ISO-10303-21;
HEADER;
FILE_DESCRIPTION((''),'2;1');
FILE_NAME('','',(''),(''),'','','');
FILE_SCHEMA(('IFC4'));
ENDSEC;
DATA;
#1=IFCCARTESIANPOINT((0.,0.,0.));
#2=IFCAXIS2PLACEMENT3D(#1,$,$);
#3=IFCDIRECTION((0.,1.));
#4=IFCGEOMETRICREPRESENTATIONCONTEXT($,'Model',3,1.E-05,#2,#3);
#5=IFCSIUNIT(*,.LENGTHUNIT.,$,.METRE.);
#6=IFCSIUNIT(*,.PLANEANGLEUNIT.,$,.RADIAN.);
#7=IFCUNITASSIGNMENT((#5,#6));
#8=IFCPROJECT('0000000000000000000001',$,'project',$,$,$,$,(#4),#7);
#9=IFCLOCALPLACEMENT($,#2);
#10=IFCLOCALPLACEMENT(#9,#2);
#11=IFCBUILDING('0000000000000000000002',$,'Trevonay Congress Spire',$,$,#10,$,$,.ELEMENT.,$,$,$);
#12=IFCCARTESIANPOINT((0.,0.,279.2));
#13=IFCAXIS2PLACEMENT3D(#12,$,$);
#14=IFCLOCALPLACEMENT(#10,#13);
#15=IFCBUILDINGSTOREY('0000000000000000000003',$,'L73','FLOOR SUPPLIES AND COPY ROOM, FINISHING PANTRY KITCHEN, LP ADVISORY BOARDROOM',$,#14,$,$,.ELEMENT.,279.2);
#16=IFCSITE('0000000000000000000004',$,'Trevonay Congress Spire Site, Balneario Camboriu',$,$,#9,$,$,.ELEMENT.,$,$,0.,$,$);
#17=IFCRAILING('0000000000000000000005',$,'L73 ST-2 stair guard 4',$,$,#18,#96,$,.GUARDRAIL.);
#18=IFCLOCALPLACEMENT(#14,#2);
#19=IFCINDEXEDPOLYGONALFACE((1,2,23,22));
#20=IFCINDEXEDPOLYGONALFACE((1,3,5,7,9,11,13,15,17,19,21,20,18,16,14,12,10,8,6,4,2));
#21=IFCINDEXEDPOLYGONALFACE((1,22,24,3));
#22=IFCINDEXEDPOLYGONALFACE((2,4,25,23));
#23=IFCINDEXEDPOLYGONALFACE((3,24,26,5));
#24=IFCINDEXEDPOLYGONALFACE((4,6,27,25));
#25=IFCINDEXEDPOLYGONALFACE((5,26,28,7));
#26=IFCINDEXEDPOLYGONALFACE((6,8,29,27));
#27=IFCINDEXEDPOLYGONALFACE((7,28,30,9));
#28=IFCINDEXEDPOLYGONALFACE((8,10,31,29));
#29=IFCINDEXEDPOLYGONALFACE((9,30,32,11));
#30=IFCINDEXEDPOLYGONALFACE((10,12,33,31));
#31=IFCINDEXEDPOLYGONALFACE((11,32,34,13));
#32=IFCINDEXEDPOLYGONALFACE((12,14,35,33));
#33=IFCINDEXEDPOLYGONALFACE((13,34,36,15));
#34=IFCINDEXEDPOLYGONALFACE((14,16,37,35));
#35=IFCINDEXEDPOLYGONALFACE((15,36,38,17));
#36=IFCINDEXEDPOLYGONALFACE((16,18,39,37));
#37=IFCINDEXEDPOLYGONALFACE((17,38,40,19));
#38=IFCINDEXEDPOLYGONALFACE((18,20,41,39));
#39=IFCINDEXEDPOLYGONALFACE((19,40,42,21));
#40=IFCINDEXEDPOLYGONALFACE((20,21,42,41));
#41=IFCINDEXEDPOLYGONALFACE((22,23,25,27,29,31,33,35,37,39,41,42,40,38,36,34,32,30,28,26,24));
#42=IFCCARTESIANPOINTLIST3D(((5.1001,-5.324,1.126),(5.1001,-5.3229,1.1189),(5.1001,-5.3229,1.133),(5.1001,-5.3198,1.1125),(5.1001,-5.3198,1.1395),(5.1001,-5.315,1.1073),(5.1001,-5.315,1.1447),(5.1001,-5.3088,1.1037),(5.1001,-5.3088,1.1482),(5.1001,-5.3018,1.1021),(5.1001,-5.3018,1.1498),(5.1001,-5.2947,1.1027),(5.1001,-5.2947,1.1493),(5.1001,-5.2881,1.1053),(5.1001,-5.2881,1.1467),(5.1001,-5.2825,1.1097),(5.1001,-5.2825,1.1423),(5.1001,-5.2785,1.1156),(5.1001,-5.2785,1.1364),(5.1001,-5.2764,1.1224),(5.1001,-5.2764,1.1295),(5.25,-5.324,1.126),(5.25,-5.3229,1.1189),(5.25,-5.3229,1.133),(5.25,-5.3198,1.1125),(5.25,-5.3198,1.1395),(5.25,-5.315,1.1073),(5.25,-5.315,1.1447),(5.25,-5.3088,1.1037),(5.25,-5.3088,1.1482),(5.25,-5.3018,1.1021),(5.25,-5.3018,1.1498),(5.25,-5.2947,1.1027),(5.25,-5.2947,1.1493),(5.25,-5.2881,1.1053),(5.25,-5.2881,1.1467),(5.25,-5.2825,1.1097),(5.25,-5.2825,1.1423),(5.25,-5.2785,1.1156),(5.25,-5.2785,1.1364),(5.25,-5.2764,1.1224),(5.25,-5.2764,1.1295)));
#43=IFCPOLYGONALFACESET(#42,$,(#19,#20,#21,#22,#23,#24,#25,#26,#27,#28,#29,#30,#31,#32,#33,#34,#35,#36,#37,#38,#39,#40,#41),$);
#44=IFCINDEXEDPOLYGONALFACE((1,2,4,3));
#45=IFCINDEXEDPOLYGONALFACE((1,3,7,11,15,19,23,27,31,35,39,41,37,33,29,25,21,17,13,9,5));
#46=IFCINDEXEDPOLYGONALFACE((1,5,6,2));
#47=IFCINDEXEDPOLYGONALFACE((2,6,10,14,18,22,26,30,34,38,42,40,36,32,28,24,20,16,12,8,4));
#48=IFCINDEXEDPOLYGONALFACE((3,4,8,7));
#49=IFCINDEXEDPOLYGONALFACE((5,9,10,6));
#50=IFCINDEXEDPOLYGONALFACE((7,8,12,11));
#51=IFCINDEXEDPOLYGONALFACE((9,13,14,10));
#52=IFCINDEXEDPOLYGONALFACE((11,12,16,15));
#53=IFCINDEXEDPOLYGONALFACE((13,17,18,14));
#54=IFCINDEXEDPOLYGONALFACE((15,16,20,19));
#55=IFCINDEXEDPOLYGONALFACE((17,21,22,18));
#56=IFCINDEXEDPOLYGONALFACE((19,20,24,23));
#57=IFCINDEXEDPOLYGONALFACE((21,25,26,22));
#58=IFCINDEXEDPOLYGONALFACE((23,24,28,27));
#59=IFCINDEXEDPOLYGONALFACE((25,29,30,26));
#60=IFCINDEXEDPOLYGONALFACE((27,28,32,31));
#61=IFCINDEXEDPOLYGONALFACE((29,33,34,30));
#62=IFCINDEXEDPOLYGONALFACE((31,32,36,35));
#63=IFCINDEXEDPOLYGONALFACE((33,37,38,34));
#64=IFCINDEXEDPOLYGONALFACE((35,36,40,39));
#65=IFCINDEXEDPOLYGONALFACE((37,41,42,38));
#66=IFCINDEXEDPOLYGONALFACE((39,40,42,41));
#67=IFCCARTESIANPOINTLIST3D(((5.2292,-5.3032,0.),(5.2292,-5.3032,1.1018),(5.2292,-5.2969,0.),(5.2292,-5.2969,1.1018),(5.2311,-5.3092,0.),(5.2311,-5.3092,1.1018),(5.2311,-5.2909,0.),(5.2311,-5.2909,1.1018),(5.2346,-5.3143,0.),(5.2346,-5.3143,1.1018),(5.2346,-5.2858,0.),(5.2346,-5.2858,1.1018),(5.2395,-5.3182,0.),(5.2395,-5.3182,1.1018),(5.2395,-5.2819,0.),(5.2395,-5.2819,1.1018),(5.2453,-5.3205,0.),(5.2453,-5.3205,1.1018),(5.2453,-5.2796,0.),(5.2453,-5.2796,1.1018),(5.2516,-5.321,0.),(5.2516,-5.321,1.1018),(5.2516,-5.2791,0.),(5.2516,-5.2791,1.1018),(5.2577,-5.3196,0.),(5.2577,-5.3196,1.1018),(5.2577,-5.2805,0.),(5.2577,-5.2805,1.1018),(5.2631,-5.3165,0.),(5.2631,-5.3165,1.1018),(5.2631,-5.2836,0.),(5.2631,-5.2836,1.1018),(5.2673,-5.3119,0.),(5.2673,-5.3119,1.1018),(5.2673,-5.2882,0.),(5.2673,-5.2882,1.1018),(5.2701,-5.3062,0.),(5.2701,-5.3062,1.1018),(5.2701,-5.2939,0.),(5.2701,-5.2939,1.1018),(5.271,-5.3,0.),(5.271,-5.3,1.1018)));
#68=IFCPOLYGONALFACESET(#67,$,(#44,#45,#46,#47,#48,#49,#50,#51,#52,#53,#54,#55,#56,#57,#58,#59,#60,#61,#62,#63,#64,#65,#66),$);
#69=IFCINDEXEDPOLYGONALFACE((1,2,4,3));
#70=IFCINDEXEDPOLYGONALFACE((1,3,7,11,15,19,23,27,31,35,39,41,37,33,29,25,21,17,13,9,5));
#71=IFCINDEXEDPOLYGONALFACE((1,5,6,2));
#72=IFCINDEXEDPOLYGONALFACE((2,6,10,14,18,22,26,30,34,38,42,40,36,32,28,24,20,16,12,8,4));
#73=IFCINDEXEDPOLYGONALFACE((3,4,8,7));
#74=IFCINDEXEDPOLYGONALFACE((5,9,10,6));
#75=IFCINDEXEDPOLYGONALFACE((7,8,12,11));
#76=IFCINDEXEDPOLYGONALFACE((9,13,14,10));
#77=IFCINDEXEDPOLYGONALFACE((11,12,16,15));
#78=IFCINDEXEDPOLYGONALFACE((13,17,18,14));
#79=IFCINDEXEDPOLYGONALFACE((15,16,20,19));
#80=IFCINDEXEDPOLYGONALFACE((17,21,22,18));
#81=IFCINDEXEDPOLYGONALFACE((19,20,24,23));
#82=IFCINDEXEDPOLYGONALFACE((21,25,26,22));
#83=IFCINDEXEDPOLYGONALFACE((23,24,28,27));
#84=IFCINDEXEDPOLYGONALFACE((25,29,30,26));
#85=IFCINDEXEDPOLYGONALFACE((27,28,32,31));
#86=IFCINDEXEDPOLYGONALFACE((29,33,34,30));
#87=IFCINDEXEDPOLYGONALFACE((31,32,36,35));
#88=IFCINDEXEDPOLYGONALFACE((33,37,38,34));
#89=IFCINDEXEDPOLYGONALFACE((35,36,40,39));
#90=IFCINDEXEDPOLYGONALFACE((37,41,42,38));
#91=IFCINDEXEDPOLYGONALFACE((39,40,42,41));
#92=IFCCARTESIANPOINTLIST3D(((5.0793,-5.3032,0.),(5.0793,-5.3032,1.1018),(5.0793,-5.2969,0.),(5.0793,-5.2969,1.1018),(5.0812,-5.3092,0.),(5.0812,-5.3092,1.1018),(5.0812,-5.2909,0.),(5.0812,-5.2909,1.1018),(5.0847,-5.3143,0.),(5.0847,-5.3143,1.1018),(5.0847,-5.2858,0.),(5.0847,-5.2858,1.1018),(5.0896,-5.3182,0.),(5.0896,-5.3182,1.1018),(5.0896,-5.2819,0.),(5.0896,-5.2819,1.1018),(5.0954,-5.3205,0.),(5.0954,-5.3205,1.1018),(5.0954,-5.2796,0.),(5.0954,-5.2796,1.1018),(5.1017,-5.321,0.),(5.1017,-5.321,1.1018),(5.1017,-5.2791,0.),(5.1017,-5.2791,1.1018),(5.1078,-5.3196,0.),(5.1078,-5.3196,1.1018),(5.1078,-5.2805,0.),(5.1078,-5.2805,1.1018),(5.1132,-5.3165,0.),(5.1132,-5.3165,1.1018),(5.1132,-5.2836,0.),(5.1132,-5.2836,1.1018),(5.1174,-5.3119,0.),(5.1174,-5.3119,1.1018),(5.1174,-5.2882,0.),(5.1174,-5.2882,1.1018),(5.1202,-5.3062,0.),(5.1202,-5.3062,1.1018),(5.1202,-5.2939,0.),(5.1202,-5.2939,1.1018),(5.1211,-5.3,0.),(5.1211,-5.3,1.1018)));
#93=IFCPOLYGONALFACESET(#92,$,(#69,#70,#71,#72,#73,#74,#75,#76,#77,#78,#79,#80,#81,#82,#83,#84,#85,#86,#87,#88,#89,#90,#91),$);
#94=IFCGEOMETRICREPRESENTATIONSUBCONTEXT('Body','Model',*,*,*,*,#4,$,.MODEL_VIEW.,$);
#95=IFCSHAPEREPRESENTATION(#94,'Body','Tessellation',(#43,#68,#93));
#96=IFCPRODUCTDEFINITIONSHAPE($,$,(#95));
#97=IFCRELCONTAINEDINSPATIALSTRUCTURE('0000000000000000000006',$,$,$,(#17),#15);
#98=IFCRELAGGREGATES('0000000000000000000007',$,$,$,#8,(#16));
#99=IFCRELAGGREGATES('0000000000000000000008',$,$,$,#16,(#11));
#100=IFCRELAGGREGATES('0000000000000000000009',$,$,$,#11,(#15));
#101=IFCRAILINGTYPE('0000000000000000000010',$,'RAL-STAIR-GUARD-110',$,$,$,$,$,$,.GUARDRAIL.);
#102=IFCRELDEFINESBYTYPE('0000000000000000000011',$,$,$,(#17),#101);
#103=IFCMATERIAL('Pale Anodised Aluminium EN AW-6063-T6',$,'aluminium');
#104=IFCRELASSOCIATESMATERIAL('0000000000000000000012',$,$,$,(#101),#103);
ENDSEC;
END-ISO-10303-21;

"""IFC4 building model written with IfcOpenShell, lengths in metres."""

from ifc_helpers import new_model, si_unit, direction, frame, origin, origin_2d, place, context, subcontext, project, spatial, circle, extrude, material, type_object, element, save


model = new_model("IFC4")

# Units and contexts
model_context = context("Model", 3, precision=1e-05, world=origin(), true_north=direction((0.0, 1.0)))
body_context = subcontext(model_context, "Body", "Model", "MODEL_VIEW")
ifc_project = project(units=[si_unit("LENGTHUNIT", "METRE"), si_unit("PLANEANGLEUNIT", "RADIAN")], contexts=[model_context])

# Site, building, storey
site_placement = place(None, origin())
site = spatial("IfcSite", under=ifc_project, at=site_placement, Name="Trevonay Congress Spire Site, Balneario Camboriu", CompositionType="ELEMENT", RefElevation=0.0)
building_placement = place(site_placement, origin())
building = spatial("IfcBuilding", under=site, at=building_placement, Name="Trevonay Congress Spire", CompositionType="ELEMENT")
storey_placement = place(building_placement, frame((0.0, 0.0, 279.2)))
storey = spatial("IfcBuildingStorey", under=building, at=storey_placement, Name="L73", Description="FLOOR SUPPLIES AND COPY ROOM, FINISHING PANTRY KITCHEN, LP ADVISORY BOARDROOM", CompositionType="ELEMENT", Elevation=279.2)

# Shared definitions
ifc_material_1 = material(Name="Pale Anodised Aluminium EN AW-6063-T6", Category="aluminium")

# Railing
railing_type_1 = type_object("IfcRailingType", Name="RAL-STAIR-GUARD-110", PredefinedType="GUARDRAIL", material=ifc_material_1)
railing_1_placement = place(storey_placement, frame((5.25, -5.3, 0.0)))
element("IfcRailing", 1, at=railing_1_placement, inside=storey, type_object=railing_type_1, Name="L73 ST-2 stair guard 4", PredefinedType="GUARDRAIL", context=body_context, shape_type="SweptSolid", body=[
    extrude(circle(Radius=0.0239, at=origin_2d()), frame((0.0, 0.0, 1.126), z_axis=(-1.0, 0.0, 0.0), x_axis=(0.0, -1.0, 0.0)), (0.0, 0.0, 1.0), 0.1499),
    extrude(circle(Radius=0.021, at=origin_2d()), origin(), (0.0, 0.0, 1.0), 1.1018),
    extrude(circle(Radius=0.021, at=origin_2d()), frame((-0.1499, 0.0, 0.0)), (0.0, 0.0, 1.0), 1.1018),
])

save(model, "model.ifc")
